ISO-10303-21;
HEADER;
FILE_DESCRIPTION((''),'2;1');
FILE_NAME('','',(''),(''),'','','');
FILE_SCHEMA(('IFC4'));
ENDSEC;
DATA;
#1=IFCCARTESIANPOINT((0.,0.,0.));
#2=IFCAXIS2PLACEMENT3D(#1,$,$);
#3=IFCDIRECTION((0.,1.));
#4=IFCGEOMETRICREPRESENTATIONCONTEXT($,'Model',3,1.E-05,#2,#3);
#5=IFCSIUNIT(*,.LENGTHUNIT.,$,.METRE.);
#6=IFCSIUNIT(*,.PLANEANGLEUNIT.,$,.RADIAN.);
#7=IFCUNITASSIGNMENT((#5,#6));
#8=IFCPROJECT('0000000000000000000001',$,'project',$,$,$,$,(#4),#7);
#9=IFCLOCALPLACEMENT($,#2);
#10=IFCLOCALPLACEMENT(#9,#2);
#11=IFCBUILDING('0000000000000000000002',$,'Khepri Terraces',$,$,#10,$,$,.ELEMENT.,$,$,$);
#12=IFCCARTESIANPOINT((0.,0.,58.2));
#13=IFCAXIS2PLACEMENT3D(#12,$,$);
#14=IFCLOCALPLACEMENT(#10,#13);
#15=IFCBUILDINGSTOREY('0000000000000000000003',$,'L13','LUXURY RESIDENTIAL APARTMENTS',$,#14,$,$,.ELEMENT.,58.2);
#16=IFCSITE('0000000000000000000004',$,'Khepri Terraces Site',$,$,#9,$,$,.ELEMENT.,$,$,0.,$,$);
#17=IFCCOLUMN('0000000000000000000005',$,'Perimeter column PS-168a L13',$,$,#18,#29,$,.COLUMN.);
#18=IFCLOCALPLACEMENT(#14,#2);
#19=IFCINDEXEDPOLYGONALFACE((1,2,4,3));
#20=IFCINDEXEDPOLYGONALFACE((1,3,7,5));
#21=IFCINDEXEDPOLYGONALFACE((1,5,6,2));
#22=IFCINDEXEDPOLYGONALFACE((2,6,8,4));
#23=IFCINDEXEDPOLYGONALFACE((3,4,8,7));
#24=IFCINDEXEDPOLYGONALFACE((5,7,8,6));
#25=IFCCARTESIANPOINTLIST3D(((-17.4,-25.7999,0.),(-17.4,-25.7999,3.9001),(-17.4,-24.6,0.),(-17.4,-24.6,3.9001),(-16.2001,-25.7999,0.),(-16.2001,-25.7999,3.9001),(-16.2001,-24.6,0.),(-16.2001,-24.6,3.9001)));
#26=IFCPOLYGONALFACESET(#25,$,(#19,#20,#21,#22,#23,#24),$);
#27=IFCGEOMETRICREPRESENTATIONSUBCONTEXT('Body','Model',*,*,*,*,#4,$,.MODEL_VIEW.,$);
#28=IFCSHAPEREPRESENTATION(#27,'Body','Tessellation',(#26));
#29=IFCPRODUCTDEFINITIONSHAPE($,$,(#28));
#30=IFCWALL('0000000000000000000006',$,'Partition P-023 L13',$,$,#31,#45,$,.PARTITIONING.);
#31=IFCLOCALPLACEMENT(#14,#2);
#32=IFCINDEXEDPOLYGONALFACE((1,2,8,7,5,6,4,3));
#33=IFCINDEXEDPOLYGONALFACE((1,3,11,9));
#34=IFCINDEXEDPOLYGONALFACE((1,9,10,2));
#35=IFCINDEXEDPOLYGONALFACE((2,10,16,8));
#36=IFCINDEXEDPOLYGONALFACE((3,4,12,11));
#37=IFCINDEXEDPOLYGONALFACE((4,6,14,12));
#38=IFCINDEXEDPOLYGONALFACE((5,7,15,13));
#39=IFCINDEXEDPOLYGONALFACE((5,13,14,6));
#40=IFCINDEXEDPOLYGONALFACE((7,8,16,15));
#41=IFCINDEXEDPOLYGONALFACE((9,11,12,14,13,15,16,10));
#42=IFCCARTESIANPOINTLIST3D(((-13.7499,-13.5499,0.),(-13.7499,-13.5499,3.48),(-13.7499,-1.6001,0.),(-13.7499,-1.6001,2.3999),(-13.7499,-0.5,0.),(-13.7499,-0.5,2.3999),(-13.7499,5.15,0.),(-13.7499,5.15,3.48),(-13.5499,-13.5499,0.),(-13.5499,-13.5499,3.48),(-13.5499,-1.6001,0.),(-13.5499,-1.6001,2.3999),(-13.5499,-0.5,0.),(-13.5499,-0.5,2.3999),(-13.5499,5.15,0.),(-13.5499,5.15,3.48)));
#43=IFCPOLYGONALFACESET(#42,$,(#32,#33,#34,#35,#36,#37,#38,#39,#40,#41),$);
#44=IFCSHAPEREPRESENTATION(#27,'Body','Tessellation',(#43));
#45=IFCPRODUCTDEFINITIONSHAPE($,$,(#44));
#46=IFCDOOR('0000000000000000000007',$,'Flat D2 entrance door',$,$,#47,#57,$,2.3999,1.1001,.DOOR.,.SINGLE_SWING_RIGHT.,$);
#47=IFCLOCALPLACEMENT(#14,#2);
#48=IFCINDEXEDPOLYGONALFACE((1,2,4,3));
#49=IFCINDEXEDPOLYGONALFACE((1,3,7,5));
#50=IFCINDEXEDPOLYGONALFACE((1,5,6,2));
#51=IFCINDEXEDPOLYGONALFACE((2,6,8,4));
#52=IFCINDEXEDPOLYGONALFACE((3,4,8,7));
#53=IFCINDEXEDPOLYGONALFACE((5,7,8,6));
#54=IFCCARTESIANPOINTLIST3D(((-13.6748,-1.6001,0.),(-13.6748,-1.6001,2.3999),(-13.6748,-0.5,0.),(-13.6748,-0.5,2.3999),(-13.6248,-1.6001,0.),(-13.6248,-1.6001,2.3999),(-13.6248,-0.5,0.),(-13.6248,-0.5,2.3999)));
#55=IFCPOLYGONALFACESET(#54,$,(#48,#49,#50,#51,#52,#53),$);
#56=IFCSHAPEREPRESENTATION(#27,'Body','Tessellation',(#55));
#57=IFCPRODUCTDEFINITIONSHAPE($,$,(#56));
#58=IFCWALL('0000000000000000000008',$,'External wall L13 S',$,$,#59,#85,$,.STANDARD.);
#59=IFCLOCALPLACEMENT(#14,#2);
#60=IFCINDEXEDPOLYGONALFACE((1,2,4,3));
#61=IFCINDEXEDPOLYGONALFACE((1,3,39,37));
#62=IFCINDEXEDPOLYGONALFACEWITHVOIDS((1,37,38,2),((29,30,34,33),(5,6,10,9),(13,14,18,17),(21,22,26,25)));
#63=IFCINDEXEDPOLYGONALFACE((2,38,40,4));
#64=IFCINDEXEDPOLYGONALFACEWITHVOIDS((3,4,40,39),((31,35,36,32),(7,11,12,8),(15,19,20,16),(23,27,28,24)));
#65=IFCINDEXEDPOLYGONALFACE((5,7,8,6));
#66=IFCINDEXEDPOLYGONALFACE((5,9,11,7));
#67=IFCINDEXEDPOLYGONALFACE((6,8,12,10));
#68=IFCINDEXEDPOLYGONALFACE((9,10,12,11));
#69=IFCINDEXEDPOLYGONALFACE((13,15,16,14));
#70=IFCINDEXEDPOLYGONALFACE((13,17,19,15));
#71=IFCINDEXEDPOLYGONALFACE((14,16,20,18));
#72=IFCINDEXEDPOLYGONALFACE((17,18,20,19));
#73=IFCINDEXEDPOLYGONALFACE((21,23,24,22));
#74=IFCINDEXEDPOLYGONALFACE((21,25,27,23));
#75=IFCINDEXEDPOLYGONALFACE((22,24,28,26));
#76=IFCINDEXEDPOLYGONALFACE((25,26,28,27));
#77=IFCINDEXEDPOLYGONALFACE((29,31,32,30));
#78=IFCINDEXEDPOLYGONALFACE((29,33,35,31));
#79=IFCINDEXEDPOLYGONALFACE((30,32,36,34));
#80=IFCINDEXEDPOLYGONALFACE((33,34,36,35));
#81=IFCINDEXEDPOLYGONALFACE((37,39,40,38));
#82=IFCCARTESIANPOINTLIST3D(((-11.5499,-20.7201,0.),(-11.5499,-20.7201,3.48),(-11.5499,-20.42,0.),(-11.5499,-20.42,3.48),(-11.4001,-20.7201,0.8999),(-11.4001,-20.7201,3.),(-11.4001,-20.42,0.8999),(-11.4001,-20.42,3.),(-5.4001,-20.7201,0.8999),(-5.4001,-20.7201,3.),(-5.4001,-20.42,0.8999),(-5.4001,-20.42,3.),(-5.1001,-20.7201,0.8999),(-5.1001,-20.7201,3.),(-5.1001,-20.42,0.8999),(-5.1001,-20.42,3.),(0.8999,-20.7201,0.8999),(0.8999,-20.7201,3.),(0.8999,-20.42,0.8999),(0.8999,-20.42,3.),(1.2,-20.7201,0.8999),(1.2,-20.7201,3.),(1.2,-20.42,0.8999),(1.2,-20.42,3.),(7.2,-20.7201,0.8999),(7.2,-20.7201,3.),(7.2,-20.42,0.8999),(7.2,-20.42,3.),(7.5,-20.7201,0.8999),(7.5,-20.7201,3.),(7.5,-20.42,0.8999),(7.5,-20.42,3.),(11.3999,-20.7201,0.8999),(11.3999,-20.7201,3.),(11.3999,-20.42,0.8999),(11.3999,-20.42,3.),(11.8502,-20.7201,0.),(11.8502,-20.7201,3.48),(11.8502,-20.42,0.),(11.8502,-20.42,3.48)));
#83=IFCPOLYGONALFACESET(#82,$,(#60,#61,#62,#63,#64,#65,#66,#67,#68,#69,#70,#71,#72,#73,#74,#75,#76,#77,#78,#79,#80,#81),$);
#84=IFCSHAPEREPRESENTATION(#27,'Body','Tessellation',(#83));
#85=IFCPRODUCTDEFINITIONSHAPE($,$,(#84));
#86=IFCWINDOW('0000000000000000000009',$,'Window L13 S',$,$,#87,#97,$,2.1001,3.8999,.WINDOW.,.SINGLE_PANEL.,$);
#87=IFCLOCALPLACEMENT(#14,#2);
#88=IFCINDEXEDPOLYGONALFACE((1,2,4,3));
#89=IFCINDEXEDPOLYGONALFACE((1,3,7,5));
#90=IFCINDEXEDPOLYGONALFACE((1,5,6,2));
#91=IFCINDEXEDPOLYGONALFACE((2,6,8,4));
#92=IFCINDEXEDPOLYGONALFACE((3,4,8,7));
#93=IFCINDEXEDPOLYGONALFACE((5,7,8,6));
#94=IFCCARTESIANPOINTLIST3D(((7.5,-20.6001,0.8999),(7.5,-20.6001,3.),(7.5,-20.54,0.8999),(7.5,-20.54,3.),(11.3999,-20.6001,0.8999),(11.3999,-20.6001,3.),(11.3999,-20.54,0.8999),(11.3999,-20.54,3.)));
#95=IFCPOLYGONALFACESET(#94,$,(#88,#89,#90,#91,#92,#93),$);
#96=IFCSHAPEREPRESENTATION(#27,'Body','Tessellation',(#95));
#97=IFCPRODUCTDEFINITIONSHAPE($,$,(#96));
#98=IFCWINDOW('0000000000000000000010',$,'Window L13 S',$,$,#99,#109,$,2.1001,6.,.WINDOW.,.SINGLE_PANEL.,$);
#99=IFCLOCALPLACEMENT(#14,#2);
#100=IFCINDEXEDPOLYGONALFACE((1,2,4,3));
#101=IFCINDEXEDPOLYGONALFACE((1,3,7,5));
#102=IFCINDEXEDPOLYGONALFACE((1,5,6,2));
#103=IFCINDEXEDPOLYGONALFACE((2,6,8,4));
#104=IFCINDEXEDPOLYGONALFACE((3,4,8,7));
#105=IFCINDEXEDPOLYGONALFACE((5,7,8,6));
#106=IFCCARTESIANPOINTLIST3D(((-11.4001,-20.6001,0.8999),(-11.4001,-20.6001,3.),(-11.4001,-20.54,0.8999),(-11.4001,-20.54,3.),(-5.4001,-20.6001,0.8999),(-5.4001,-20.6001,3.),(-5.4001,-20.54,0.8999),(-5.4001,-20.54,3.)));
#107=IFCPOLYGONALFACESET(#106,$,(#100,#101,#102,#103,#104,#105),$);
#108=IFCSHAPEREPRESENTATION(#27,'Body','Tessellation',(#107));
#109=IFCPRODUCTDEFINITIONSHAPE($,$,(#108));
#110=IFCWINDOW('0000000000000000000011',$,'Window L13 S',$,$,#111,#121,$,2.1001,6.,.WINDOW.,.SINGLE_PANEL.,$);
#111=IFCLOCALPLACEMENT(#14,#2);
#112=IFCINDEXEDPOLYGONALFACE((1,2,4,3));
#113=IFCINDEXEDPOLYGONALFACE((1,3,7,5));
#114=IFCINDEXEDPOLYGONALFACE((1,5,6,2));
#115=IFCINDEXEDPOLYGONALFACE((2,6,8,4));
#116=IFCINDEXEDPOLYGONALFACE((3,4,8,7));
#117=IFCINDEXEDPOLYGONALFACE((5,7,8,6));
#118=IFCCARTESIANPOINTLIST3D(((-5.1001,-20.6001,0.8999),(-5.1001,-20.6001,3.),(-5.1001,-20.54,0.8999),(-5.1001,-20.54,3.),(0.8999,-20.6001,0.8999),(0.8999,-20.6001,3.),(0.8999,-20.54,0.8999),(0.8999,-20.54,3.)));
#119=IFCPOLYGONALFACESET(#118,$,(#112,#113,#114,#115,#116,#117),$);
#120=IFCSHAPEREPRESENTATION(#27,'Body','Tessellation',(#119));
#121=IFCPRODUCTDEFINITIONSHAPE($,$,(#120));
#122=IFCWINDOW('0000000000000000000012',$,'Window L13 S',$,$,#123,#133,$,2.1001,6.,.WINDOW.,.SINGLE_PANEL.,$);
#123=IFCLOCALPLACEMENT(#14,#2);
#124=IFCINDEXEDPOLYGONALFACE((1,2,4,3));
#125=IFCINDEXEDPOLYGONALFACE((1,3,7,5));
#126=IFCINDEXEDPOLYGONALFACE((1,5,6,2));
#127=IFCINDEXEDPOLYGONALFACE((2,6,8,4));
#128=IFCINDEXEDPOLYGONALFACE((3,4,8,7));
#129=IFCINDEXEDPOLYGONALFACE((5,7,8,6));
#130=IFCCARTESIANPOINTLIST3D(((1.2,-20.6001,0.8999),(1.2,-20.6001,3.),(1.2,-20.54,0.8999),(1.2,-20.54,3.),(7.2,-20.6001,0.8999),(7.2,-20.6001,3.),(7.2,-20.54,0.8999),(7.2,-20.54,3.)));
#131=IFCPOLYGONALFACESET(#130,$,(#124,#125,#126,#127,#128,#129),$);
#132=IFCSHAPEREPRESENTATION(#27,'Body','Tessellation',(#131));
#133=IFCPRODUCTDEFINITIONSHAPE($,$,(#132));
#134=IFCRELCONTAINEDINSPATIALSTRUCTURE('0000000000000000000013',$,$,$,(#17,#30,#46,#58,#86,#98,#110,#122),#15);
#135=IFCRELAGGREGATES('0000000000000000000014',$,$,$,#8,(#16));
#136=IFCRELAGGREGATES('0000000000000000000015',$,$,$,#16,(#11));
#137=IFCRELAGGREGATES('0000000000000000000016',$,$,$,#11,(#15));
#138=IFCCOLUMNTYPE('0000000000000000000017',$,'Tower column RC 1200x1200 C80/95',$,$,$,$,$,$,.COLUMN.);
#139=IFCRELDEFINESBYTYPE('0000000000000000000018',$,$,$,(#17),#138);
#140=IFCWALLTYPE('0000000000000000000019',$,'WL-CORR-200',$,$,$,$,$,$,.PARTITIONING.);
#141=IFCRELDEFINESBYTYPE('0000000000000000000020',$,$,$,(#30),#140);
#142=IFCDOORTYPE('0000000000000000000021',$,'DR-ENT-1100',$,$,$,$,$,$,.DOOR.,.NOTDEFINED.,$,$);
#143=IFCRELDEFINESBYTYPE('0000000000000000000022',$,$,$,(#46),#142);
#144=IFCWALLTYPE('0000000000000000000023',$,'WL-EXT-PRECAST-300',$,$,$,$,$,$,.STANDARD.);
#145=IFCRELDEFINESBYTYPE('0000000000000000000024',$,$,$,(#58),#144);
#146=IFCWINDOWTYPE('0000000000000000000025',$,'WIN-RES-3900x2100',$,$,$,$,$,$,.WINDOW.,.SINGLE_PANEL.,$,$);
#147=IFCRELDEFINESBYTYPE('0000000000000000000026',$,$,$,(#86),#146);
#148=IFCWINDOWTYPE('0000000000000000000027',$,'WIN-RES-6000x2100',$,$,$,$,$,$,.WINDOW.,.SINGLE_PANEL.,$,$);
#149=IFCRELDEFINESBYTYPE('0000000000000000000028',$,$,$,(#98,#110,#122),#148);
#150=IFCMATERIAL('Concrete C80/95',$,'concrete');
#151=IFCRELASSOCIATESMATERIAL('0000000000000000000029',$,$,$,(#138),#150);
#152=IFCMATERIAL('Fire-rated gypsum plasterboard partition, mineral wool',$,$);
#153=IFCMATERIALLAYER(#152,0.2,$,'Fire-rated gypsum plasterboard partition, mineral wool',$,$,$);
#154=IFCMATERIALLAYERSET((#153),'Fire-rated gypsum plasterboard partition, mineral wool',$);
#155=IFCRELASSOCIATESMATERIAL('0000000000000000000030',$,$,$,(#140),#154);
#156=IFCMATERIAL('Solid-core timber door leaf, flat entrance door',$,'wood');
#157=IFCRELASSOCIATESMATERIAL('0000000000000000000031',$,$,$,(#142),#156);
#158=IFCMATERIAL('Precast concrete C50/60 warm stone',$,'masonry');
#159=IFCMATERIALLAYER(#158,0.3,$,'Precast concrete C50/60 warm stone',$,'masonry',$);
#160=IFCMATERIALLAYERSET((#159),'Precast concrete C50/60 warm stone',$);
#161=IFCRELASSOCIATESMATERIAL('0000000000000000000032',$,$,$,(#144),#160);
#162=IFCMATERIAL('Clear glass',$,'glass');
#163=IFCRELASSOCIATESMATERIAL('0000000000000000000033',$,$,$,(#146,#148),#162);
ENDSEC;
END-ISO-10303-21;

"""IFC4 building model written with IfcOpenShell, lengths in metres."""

from ifc_helpers import new_model, si_unit, direction, frame, frame_2d, origin, origin_2d, place, context, subcontext, project, spatial, rectangle, extrude, material, layer, layer_set, material_profile, profile_set, type_object, element, fill, save


model = new_model("IFC4")

# Units and contexts
model_context = context("Model", 3, precision=1e-05, world=origin(), true_north=direction((0.0, 1.0)))
body_context = subcontext(model_context, "Body", "Model", "MODEL_VIEW")
ifc_project = project(units=[si_unit("LENGTHUNIT", "METRE"), si_unit("PLANEANGLEUNIT", "RADIAN")], contexts=[model_context])

# Site, building, storey
site_placement = place(None, origin())
site = spatial("IfcSite", under=ifc_project, at=site_placement, Name="Khepri Terraces Site", CompositionType="ELEMENT", RefElevation=0.0)
building_placement = place(site_placement, origin())
building = spatial("IfcBuilding", under=site, at=building_placement, Name="Khepri Terraces", CompositionType="ELEMENT")
storey_placement = place(building_placement, frame((0.0, 0.0, 58.2)))
storey = spatial("IfcBuildingStorey", under=building, at=storey_placement, Name="L13", Description="LUXURY RESIDENTIAL APARTMENTS", CompositionType="ELEMENT", Elevation=58.2)

# Column
ifc_material_1 = material(Name="Concrete C80/95", Category="concrete")
ifc_material_profile = material_profile(ifc_material_1, rectangle(XDim=1.2, YDim=1.2, at=origin_2d()), Name="Concrete C80/95", Category="concrete")
ifc_profile_set = profile_set([ifc_material_profile], Name="Concrete C80/95")
column_type = type_object("IfcColumnType", Name="Tower column RC 1200x1200 C80/95", PredefinedType="COLUMN", material=ifc_profile_set)
column_placement = place(storey_placement, frame((-16.8, -25.2, 0.0), z_axis=(0.0, 0.0, 1.0), x_axis=(1.0, 0.0, 0.0)))
element("IfcColumn", 1, at=column_placement, inside=storey, type_object=column_type, Name="Perimeter column PS-168a L13", PredefinedType="COLUMN", context=body_context, shape_type="SweptSolid", body=[
    extrude(rectangle(XDim=1.2, YDim=1.2, at=origin_2d()), origin(), (0.0, 0.0, 1.0), 3.9001),
])

# Wall, opening, door
ifc_material_2 = material(Name="Fire-rated gypsum plasterboard partition, mineral wool")
ifc_layer_1 = layer(ifc_material_2, 0.2, Name="Fire-rated gypsum plasterboard partition, mineral wool")
ifc_layer_set_1 = layer_set([ifc_layer_1], Name="Fire-rated gypsum plasterboard partition, mineral wool")
wall_type_1 = type_object("IfcWallType", Name="WL-CORR-200", PredefinedType="PARTITIONING", material=ifc_layer_set_1)
wall_1_placement = place(storey_placement, frame((-13.6499, -13.55, 0.0), z_axis=(0.0, 0.0, 1.0), x_axis=(0.0, 1.0, 0.0)))
wall_1 = element("IfcWall", 2, at=wall_1_placement, inside=storey, type_object=wall_type_1, Name="Partition P-023 L13", PredefinedType="PARTITIONING", context=body_context, shape_type="SweptSolid", body=[
    extrude(rectangle(XDim=18.7, YDim=0.2, at=frame_2d((9.3501, 0.0))), origin(), (0.0, 0.0, 1.0), 3.48),
])
opening_1_placement = place(wall_1_placement, frame((11.95, 0.0, 0.0)))
opening_1 = element("IfcOpeningElement", 3, at=opening_1_placement, cuts=wall_1, PredefinedType="OPENING", context=body_context, shape_type="SweptSolid", body=[
    extrude(rectangle(XDim=1.1001, YDim=2.3999, at=frame_2d((0.55, 1.2))), frame((0.0, 0.1099, 0.0), z_axis=(0.0, -1.0, 0.0), x_axis=(1.0, 0.0, 0.0)), (0.0, 0.0, 1.0), 0.22),
])
ifc_material_3 = material(Name="Solid-core timber door leaf, flat entrance door", Category="wood")
door_type_1 = type_object("IfcDoorType", Name="DR-ENT-1100", OperationType="NOTDEFINED", PredefinedType="DOOR", material=ifc_material_3)
door_1_placement = place(opening_1_placement, origin())
door_1 = element("IfcDoor", 4, at=door_1_placement, inside=storey, type_object=door_type_1, Name="Flat D2 entrance door", OperationType="SINGLE_SWING_RIGHT", OverallHeight=2.3999, OverallWidth=1.1001, PredefinedType="DOOR", context=body_context, shape_type="SweptSolid", body=[
    extrude(rectangle(XDim=1.1001, YDim=2.3999, at=frame_2d((0.55, 1.2))), frame((0.0, 0.0249, 0.0), z_axis=(0.0, -1.0, 0.0), x_axis=(1.0, 0.0, 0.0)), (0.0, 0.0, 1.0), 0.05),
])
fill(opening_1, door_1)
ifc_material_4 = material(Name="Precast concrete C50/60 warm stone", Category="masonry")
ifc_layer_2 = layer(ifc_material_4, 0.3, Name="Precast concrete C50/60 warm stone", Category="masonry")
ifc_layer_set_2 = layer_set([ifc_layer_2], Name="Precast concrete C50/60 warm stone")
wall_type_2 = type_object("IfcWallType", Name="WL-EXT-PRECAST-300", PredefinedType="STANDARD", material=ifc_layer_set_2)

# Wall, openings, windows
wall_2_placement = place(storey_placement, frame((-11.55, -20.5701, 0.0), z_axis=(0.0, 0.0, 1.0), x_axis=(1.0, 0.0, 0.0)))
wall_2 = element("IfcWall", 5, at=wall_2_placement, inside=storey, type_object=wall_type_2, Name="External wall L13 S", PredefinedType="STANDARD", context=body_context, shape_type="SweptSolid", body=[
    extrude(rectangle(XDim=23.4001, YDim=0.3, at=frame_2d((11.7002, 0.0))), origin(), (0.0, 0.0, 1.0), 3.48),
])
opening_2_placement = place(wall_2_placement, frame((0.1499, 0.0, 0.8999)))
opening_2 = element("IfcOpeningElement", 6, at=opening_2_placement, cuts=wall_2, PredefinedType="OPENING", context=body_context, shape_type="SweptSolid", body=[
    extrude(rectangle(XDim=6.0, YDim=2.1001, at=frame_2d((3.0, 1.05))), frame((0.0, 0.1602, 0.0), z_axis=(0.0, -1.0, 0.0), x_axis=(1.0, 0.0, 0.0)), (0.0, 0.0, 1.0), 0.3201),
])
opening_3_placement = place(wall_2_placement, frame((6.45, 0.0, 0.8999)))
opening_3 = element("IfcOpeningElement", 7, at=opening_3_placement, cuts=wall_2, PredefinedType="OPENING", context=body_context, shape_type="SweptSolid", body=[
    extrude(rectangle(XDim=6.0, YDim=2.1001, at=frame_2d((3.0, 1.05))), frame((0.0, 0.1602, 0.0), z_axis=(0.0, -1.0, 0.0), x_axis=(1.0, 0.0, 0.0)), (0.0, 0.0, 1.0), 0.3201),
])
opening_4_placement = place(wall_2_placement, frame((12.75, 0.0, 0.8999)))
opening_4 = element("IfcOpeningElement", 8, at=opening_4_placement, cuts=wall_2, PredefinedType="OPENING", context=body_context, shape_type="SweptSolid", body=[
    extrude(rectangle(XDim=6.0, YDim=2.1001, at=frame_2d((3.0, 1.05))), frame((0.0, 0.1602, 0.0), z_axis=(0.0, -1.0, 0.0), x_axis=(1.0, 0.0, 0.0)), (0.0, 0.0, 1.0), 0.3201),
])
opening_5_placement = place(wall_2_placement, frame((19.05, 0.0, 0.8999)))
opening_5 = element("IfcOpeningElement", 9, at=opening_5_placement, cuts=wall_2, PredefinedType="OPENING", context=body_context, shape_type="SweptSolid", body=[
    extrude(rectangle(XDim=3.8999, YDim=2.1001, at=frame_2d((1.95, 1.05))), frame((0.0, 0.1602, 0.0), z_axis=(0.0, -1.0, 0.0), x_axis=(1.0, 0.0, 0.0)), (0.0, 0.0, 1.0), 0.3201),
])
ifc_material_5 = material(Name="Clear glass", Category="glass")
window_type_1 = type_object("IfcWindowType", Name="WIN-RES-3900x2100", PartitioningType="SINGLE_PANEL", PredefinedType="WINDOW", material=ifc_material_5)
window_1_placement = place(opening_5_placement, origin())
window_1 = element("IfcWindow", 10, at=window_1_placement, inside=storey, type_object=window_type_1, Name="Window L13 S", OverallHeight=2.1001, OverallWidth=3.8999, PartitioningType="SINGLE_PANEL", PredefinedType="WINDOW", context=body_context, shape_type="SweptSolid", body=[
    extrude(rectangle(XDim=3.8999, YDim=2.1001, at=frame_2d((1.95, 1.05))), frame((0.0, 0.03, 0.0), z_axis=(0.0, -1.0, 0.0), x_axis=(1.0, 0.0, 0.0)), (0.0, 0.0, 1.0), 0.0601),
])
fill(opening_5, window_1)
window_type_2 = type_object("IfcWindowType", Name="WIN-RES-6000x2100", PartitioningType="SINGLE_PANEL", PredefinedType="WINDOW", material=ifc_material_5)
window_2_placement = place(opening_2_placement, origin())
window_2 = element("IfcWindow", 11, at=window_2_placement, inside=storey, type_object=window_type_2, Name="Window L13 S", OverallHeight=2.1001, OverallWidth=6.0, PartitioningType="SINGLE_PANEL", PredefinedType="WINDOW", context=body_context, shape_type="SweptSolid", body=[
    extrude(rectangle(XDim=6.0, YDim=2.1001, at=frame_2d((3.0, 1.05))), frame((0.0, 0.03, 0.0), z_axis=(0.0, -1.0, 0.0), x_axis=(1.0, 0.0, 0.0)), (0.0, 0.0, 1.0), 0.0601),
])
fill(opening_2, window_2)
window_3_placement = place(opening_3_placement, origin())
window_3 = element("IfcWindow", 12, at=window_3_placement, inside=storey, type_object=window_type_2, Name="Window L13 S", OverallHeight=2.1001, OverallWidth=6.0, PartitioningType="SINGLE_PANEL", PredefinedType="WINDOW", context=body_context, shape_type="SweptSolid", body=[
    extrude(rectangle(XDim=6.0, YDim=2.1001, at=frame_2d((3.0, 1.05))), frame((0.0, 0.03, 0.0), z_axis=(0.0, -1.0, 0.0), x_axis=(1.0, 0.0, 0.0)), (0.0, 0.0, 1.0), 0.0601),
])
fill(opening_3, window_3)
window_4_placement = place(opening_4_placement, origin())
window_4 = element("IfcWindow", 13, at=window_4_placement, inside=storey, type_object=window_type_2, Name="Window L13 S", OverallHeight=2.1001, OverallWidth=6.0, PartitioningType="SINGLE_PANEL", PredefinedType="WINDOW", context=body_context, shape_type="SweptSolid", body=[
    extrude(rectangle(XDim=6.0, YDim=2.1001, at=frame_2d((3.0, 1.05))), frame((0.0, 0.03, 0.0), z_axis=(0.0, -1.0, 0.0), x_axis=(1.0, 0.0, 0.0)), (0.0, 0.0, 1.0), 0.0601),
])
fill(opening_4, window_4)

save(model, "model.ifc")
